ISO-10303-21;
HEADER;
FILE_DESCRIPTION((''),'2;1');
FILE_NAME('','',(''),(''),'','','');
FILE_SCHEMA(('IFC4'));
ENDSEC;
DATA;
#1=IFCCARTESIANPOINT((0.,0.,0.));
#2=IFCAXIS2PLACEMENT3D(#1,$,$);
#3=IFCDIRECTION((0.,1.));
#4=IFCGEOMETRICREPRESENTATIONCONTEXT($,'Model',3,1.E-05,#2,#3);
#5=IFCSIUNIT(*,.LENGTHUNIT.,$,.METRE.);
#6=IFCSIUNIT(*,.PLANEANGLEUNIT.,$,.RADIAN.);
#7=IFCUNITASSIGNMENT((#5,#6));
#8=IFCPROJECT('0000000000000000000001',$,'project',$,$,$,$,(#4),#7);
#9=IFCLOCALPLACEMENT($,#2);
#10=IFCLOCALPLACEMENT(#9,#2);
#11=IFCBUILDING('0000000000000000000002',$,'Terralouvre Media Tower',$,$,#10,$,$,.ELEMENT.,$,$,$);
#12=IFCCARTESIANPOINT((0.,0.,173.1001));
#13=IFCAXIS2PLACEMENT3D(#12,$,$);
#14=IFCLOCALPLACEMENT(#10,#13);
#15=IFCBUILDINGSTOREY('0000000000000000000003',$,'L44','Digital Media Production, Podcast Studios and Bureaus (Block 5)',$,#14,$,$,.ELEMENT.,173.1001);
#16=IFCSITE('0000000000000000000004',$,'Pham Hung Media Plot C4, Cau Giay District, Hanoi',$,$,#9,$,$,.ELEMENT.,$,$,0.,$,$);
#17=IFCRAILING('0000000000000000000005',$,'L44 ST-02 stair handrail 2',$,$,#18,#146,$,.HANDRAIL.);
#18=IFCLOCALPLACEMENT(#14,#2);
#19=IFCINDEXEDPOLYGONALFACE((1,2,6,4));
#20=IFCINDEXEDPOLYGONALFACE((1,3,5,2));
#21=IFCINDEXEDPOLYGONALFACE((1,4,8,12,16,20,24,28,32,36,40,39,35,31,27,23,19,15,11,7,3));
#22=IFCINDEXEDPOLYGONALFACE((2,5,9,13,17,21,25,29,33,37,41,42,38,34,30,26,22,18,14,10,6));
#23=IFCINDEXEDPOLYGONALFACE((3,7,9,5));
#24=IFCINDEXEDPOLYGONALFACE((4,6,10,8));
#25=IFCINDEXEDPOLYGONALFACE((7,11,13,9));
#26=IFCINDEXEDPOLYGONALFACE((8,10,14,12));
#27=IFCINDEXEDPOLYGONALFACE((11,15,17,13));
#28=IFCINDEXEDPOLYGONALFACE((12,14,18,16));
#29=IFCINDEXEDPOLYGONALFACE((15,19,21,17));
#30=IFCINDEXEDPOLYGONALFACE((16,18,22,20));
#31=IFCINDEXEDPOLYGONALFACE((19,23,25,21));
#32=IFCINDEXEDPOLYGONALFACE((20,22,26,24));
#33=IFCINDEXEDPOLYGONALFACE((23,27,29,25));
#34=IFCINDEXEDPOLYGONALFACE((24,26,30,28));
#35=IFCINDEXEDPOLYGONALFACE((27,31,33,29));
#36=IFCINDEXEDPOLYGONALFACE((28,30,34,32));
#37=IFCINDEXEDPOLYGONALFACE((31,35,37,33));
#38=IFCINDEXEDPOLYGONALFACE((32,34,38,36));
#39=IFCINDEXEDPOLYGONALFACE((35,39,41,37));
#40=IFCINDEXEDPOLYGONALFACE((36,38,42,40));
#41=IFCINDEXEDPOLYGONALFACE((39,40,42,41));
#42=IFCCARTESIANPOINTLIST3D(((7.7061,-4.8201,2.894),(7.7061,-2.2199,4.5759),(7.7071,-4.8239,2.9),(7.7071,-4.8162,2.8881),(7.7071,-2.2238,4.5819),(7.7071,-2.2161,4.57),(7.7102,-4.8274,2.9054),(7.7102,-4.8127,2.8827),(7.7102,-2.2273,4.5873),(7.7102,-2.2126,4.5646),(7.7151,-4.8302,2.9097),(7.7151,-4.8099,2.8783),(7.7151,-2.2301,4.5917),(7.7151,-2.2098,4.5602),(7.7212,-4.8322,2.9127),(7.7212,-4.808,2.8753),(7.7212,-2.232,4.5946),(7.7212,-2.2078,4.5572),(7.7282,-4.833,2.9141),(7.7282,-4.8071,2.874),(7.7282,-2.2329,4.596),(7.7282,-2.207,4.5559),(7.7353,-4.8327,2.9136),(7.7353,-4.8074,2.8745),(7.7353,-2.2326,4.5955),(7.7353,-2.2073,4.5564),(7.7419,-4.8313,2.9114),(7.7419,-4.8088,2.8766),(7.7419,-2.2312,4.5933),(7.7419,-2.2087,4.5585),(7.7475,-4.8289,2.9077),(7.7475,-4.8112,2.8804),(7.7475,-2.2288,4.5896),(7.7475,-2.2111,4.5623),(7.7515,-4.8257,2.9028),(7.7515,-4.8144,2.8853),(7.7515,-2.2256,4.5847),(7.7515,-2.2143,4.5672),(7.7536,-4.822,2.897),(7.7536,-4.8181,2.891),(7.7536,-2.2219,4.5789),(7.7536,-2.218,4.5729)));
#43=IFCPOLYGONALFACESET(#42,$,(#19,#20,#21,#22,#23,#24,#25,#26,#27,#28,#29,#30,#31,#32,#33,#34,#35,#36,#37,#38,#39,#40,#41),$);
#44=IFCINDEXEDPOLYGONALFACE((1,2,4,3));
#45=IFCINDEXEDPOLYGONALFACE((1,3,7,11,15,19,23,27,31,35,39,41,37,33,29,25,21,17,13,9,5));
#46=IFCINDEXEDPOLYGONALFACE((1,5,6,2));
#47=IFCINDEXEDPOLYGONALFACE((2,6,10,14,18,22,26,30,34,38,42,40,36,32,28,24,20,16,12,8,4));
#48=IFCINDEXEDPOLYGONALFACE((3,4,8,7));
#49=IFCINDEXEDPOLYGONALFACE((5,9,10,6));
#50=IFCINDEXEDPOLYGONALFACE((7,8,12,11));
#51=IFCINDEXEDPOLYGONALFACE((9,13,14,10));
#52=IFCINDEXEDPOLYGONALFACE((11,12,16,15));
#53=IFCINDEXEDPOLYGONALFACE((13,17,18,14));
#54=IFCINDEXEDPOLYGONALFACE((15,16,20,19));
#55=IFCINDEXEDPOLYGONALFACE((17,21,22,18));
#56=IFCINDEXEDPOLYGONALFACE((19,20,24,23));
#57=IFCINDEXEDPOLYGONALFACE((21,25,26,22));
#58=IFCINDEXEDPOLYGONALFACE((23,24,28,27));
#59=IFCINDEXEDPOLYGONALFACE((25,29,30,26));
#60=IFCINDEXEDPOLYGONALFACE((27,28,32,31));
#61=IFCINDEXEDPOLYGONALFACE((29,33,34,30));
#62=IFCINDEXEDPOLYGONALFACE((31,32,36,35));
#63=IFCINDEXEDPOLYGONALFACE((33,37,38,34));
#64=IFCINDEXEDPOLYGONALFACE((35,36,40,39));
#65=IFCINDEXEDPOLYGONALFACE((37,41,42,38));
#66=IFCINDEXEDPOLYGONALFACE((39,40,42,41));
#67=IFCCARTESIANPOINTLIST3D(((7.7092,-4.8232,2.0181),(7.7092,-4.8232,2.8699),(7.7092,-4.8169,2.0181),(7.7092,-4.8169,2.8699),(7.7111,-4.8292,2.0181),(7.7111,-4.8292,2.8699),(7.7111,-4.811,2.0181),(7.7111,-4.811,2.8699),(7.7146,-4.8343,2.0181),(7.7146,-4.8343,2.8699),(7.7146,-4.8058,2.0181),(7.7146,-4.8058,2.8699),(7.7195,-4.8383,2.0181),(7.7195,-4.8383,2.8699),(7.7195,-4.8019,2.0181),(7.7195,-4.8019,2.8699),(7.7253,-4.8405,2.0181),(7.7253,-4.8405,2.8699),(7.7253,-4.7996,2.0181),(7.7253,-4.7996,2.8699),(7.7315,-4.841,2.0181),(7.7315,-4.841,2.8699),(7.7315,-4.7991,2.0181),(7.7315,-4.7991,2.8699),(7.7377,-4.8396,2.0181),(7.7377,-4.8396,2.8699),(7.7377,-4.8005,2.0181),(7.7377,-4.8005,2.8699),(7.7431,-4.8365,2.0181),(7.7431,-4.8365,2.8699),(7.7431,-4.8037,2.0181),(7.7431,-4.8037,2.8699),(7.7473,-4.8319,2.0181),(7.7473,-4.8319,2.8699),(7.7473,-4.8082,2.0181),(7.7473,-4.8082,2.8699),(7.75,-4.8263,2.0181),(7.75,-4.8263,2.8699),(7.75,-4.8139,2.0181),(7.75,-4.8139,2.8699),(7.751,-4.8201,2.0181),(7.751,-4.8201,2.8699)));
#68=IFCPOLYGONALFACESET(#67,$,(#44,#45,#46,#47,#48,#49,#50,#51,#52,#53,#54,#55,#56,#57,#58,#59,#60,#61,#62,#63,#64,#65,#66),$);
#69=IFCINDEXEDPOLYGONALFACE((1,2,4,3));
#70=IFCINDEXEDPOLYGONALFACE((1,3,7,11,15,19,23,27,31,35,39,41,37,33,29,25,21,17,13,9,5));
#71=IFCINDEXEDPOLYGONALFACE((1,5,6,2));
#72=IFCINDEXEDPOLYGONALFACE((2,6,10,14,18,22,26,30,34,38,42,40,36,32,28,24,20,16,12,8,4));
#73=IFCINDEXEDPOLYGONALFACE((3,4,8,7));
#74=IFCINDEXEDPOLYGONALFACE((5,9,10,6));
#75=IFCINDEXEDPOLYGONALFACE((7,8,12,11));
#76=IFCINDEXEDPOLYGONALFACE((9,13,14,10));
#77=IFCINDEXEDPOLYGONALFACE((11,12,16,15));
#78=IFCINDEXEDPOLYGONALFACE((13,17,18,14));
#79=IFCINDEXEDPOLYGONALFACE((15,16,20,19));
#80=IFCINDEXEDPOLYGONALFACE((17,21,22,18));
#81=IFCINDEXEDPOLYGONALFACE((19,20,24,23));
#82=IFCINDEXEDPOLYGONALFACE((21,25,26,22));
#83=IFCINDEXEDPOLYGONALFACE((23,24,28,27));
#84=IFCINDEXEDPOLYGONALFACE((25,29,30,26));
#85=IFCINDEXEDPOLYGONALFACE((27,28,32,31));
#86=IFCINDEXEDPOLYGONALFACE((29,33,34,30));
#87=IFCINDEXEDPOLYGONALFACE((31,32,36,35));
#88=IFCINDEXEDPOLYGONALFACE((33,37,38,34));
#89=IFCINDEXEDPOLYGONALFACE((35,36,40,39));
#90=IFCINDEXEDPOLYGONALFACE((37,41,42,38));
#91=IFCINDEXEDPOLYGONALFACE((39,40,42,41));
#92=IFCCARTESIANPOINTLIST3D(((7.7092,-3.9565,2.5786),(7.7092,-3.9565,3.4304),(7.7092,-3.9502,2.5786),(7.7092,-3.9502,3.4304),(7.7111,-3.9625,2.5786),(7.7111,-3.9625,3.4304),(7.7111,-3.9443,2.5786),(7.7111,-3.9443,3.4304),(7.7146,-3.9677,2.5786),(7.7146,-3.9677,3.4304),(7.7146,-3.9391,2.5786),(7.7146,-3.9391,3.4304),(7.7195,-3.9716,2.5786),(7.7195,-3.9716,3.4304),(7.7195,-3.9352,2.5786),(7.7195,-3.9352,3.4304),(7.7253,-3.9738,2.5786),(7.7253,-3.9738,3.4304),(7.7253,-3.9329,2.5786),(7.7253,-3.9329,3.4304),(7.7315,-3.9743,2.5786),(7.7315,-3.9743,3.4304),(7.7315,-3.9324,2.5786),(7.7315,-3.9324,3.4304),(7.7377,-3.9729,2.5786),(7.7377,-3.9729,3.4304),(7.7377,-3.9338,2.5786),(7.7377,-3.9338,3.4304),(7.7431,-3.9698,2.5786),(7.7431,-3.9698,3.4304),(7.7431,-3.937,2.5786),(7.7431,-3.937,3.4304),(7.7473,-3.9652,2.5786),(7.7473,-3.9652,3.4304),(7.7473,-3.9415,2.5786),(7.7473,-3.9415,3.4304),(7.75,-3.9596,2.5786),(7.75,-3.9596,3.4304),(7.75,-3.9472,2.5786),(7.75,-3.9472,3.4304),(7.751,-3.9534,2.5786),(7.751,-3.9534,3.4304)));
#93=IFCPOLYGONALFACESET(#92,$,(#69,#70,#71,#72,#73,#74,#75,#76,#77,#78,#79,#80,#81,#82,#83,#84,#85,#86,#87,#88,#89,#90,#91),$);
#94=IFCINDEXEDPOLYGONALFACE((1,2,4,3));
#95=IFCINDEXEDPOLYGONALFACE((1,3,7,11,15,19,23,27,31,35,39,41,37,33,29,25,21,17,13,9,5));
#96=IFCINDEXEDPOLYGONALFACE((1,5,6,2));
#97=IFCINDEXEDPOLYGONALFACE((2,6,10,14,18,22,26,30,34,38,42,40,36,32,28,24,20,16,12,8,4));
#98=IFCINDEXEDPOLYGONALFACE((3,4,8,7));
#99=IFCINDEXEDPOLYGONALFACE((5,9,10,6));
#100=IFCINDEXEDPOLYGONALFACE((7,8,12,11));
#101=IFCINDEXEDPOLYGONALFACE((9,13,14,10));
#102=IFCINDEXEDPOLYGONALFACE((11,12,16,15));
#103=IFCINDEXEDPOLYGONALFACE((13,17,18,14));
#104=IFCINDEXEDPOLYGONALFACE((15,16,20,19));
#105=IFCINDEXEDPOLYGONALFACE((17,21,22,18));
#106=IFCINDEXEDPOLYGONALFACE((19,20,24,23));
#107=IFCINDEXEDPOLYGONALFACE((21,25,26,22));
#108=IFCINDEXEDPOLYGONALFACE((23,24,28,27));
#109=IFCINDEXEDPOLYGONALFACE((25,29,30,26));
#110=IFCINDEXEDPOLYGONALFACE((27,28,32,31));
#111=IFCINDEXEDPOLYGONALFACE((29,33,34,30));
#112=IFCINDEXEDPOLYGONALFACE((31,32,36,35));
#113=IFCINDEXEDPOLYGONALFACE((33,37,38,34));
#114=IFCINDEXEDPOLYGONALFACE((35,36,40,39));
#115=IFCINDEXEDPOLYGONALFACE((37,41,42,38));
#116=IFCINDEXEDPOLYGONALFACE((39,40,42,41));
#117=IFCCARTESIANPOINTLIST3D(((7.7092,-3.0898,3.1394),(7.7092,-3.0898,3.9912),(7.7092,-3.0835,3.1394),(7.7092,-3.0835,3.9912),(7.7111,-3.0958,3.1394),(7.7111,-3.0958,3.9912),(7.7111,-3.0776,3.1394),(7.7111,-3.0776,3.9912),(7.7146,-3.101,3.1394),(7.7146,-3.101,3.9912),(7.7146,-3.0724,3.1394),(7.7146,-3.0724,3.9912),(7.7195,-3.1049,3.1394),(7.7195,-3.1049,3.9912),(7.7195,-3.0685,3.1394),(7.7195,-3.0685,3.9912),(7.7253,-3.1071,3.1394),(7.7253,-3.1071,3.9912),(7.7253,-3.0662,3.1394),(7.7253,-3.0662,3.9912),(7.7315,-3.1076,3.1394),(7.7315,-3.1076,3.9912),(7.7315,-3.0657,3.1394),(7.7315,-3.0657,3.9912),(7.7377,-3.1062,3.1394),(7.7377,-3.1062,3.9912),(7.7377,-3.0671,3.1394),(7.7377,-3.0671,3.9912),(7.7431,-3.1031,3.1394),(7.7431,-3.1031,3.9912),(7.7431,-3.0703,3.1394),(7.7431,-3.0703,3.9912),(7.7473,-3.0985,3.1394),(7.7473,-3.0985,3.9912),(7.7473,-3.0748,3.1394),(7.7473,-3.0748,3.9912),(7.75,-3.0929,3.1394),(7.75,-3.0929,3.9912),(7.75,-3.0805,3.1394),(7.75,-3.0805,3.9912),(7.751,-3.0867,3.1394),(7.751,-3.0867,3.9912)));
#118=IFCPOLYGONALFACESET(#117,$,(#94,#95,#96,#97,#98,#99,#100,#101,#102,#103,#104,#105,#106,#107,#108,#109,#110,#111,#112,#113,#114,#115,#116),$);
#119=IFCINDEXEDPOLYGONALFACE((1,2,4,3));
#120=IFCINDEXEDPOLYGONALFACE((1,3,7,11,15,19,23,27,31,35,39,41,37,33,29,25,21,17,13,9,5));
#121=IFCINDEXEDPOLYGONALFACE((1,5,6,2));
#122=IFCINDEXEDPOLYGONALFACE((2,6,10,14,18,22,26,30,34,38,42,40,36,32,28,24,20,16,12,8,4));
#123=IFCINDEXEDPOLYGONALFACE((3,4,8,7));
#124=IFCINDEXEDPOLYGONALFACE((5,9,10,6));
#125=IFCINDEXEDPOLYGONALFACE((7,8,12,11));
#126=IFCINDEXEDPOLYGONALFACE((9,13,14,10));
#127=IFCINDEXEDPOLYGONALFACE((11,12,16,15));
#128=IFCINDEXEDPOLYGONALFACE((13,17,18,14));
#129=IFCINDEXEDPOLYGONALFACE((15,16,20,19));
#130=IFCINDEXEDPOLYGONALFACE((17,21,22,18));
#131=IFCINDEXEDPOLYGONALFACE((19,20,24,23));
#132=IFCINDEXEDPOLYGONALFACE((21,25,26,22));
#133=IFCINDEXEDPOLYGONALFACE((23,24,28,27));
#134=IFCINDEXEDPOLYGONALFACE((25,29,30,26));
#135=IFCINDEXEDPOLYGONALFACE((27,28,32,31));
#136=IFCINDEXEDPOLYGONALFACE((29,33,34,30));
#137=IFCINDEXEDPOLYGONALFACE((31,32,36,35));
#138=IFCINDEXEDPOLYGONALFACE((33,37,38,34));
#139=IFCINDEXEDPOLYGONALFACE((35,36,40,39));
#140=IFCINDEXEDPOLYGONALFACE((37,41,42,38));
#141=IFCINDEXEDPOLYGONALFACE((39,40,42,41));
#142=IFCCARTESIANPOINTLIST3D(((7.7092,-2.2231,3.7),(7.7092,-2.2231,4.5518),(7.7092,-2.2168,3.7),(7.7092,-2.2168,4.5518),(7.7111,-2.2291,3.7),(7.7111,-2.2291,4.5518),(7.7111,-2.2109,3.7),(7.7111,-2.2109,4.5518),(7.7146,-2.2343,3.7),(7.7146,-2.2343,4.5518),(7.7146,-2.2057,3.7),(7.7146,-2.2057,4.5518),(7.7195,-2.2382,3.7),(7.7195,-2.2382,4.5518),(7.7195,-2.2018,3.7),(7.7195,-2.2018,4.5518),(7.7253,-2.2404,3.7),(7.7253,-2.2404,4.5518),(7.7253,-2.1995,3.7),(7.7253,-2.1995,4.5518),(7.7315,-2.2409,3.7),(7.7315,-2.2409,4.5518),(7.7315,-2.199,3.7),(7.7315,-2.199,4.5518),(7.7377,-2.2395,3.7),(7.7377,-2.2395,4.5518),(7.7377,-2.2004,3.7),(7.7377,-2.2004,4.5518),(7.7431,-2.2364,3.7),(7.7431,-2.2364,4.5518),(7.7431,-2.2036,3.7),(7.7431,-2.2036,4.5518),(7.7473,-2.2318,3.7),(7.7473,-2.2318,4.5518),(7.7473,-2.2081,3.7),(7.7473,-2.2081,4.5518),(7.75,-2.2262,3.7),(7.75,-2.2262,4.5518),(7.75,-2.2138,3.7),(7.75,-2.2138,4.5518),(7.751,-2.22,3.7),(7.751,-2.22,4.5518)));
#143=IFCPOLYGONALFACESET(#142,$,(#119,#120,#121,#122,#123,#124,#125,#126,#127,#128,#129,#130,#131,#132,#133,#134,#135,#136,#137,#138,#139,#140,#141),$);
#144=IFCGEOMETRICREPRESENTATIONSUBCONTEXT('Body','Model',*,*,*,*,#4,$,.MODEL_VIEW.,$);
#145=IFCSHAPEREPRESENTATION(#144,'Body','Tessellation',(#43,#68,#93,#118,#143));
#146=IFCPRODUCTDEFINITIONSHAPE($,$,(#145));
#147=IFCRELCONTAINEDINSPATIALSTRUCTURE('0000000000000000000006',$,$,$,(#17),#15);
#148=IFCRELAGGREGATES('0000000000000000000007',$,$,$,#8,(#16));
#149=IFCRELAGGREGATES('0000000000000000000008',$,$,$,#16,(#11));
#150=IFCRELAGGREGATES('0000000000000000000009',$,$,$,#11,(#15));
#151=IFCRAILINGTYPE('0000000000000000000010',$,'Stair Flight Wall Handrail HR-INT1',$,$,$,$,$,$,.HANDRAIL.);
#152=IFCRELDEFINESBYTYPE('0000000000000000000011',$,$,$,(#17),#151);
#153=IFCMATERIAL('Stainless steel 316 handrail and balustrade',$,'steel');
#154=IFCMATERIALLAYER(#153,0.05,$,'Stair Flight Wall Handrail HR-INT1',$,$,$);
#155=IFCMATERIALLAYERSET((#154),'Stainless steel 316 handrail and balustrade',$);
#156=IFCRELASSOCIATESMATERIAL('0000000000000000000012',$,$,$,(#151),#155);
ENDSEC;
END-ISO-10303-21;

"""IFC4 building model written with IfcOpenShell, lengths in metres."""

from ifc_helpers import new_model, si_unit, direction, frame, origin, origin_2d, place, context, subcontext, project, spatial, circle, extrude, material, layer, layer_set, type_object, element, save


model = new_model("IFC4")

# Units and contexts
model_context = context("Model", 3, precision=1e-05, world=origin(), true_north=direction((0.0, 1.0)))
body_context = subcontext(model_context, "Body", "Model", "MODEL_VIEW")
ifc_project = project(units=[si_unit("LENGTHUNIT", "METRE"), si_unit("PLANEANGLEUNIT", "RADIAN")], contexts=[model_context])

# Site, building, storey
site_placement = place(None, origin())
site = spatial("IfcSite", under=ifc_project, at=site_placement, Name="Pham Hung Media Plot C4, Cau Giay District, Hanoi", CompositionType="ELEMENT", RefElevation=0.0)
building_placement = place(site_placement, origin())
building = spatial("IfcBuilding", under=site, at=building_placement, Name="Terralouvre Media Tower", CompositionType="ELEMENT")
storey_placement = place(building_placement, frame((0.0, 0.0, 173.1001)))
storey = spatial("IfcBuildingStorey", under=building, at=storey_placement, Name="L44", Description="Digital Media Production, Podcast Studios and Bureaus (Block 5)", CompositionType="ELEMENT", Elevation=173.1001)

# Railing
ifc_material_1 = material(Name="Stainless steel 316 handrail and balustrade", Category="steel")
ifc_layer_1 = layer(ifc_material_1, 0.05, Name="Stair Flight Wall Handrail HR-INT1")
ifc_layer_set_1 = layer_set([ifc_layer_1], Name="Stainless steel 316 handrail and balustrade")
railing_type_1 = type_object("IfcRailingType", Name="Stair Flight Wall Handrail HR-INT1", PredefinedType="HANDRAIL", material=ifc_layer_set_1)
railing_1_placement = place(storey_placement, frame((7.73, -4.8201, 2.0181)))
element("IfcRailing", 1, at=railing_1_placement, inside=storey, type_object=railing_type_1, Name="L44 ST-02 stair handrail 2", PredefinedType="HANDRAIL", context=body_context, shape_type="SweptSolid", body=[
    extrude(circle(Radius=0.0239, at=origin_2d()), frame((0.0, 0.0, 0.876), z_axis=(0.0, 0.839648, 0.54313), x_axis=(-1.0, 0.0, 0.0)), (0.0, 0.0, 1.0), 3.0967),
    extrude(circle(Radius=0.021, at=origin_2d()), origin(), (0.0, 0.0, 1.0), 0.8518),
    extrude(circle(Radius=0.021, at=origin_2d()), frame((0.0, 0.8667, 0.5605)), (0.0, 0.0, 1.0), 0.8518),
    extrude(circle(Radius=0.021, at=origin_2d()), frame((0.0, 1.7334, 1.1213)), (0.0, 0.0, 1.0), 0.8518),
    extrude(circle(Radius=0.021, at=origin_2d()), frame((0.0, 2.6001, 1.6819)), (0.0, 0.0, 1.0), 0.8518),
])

save(model, "model.ifc")
